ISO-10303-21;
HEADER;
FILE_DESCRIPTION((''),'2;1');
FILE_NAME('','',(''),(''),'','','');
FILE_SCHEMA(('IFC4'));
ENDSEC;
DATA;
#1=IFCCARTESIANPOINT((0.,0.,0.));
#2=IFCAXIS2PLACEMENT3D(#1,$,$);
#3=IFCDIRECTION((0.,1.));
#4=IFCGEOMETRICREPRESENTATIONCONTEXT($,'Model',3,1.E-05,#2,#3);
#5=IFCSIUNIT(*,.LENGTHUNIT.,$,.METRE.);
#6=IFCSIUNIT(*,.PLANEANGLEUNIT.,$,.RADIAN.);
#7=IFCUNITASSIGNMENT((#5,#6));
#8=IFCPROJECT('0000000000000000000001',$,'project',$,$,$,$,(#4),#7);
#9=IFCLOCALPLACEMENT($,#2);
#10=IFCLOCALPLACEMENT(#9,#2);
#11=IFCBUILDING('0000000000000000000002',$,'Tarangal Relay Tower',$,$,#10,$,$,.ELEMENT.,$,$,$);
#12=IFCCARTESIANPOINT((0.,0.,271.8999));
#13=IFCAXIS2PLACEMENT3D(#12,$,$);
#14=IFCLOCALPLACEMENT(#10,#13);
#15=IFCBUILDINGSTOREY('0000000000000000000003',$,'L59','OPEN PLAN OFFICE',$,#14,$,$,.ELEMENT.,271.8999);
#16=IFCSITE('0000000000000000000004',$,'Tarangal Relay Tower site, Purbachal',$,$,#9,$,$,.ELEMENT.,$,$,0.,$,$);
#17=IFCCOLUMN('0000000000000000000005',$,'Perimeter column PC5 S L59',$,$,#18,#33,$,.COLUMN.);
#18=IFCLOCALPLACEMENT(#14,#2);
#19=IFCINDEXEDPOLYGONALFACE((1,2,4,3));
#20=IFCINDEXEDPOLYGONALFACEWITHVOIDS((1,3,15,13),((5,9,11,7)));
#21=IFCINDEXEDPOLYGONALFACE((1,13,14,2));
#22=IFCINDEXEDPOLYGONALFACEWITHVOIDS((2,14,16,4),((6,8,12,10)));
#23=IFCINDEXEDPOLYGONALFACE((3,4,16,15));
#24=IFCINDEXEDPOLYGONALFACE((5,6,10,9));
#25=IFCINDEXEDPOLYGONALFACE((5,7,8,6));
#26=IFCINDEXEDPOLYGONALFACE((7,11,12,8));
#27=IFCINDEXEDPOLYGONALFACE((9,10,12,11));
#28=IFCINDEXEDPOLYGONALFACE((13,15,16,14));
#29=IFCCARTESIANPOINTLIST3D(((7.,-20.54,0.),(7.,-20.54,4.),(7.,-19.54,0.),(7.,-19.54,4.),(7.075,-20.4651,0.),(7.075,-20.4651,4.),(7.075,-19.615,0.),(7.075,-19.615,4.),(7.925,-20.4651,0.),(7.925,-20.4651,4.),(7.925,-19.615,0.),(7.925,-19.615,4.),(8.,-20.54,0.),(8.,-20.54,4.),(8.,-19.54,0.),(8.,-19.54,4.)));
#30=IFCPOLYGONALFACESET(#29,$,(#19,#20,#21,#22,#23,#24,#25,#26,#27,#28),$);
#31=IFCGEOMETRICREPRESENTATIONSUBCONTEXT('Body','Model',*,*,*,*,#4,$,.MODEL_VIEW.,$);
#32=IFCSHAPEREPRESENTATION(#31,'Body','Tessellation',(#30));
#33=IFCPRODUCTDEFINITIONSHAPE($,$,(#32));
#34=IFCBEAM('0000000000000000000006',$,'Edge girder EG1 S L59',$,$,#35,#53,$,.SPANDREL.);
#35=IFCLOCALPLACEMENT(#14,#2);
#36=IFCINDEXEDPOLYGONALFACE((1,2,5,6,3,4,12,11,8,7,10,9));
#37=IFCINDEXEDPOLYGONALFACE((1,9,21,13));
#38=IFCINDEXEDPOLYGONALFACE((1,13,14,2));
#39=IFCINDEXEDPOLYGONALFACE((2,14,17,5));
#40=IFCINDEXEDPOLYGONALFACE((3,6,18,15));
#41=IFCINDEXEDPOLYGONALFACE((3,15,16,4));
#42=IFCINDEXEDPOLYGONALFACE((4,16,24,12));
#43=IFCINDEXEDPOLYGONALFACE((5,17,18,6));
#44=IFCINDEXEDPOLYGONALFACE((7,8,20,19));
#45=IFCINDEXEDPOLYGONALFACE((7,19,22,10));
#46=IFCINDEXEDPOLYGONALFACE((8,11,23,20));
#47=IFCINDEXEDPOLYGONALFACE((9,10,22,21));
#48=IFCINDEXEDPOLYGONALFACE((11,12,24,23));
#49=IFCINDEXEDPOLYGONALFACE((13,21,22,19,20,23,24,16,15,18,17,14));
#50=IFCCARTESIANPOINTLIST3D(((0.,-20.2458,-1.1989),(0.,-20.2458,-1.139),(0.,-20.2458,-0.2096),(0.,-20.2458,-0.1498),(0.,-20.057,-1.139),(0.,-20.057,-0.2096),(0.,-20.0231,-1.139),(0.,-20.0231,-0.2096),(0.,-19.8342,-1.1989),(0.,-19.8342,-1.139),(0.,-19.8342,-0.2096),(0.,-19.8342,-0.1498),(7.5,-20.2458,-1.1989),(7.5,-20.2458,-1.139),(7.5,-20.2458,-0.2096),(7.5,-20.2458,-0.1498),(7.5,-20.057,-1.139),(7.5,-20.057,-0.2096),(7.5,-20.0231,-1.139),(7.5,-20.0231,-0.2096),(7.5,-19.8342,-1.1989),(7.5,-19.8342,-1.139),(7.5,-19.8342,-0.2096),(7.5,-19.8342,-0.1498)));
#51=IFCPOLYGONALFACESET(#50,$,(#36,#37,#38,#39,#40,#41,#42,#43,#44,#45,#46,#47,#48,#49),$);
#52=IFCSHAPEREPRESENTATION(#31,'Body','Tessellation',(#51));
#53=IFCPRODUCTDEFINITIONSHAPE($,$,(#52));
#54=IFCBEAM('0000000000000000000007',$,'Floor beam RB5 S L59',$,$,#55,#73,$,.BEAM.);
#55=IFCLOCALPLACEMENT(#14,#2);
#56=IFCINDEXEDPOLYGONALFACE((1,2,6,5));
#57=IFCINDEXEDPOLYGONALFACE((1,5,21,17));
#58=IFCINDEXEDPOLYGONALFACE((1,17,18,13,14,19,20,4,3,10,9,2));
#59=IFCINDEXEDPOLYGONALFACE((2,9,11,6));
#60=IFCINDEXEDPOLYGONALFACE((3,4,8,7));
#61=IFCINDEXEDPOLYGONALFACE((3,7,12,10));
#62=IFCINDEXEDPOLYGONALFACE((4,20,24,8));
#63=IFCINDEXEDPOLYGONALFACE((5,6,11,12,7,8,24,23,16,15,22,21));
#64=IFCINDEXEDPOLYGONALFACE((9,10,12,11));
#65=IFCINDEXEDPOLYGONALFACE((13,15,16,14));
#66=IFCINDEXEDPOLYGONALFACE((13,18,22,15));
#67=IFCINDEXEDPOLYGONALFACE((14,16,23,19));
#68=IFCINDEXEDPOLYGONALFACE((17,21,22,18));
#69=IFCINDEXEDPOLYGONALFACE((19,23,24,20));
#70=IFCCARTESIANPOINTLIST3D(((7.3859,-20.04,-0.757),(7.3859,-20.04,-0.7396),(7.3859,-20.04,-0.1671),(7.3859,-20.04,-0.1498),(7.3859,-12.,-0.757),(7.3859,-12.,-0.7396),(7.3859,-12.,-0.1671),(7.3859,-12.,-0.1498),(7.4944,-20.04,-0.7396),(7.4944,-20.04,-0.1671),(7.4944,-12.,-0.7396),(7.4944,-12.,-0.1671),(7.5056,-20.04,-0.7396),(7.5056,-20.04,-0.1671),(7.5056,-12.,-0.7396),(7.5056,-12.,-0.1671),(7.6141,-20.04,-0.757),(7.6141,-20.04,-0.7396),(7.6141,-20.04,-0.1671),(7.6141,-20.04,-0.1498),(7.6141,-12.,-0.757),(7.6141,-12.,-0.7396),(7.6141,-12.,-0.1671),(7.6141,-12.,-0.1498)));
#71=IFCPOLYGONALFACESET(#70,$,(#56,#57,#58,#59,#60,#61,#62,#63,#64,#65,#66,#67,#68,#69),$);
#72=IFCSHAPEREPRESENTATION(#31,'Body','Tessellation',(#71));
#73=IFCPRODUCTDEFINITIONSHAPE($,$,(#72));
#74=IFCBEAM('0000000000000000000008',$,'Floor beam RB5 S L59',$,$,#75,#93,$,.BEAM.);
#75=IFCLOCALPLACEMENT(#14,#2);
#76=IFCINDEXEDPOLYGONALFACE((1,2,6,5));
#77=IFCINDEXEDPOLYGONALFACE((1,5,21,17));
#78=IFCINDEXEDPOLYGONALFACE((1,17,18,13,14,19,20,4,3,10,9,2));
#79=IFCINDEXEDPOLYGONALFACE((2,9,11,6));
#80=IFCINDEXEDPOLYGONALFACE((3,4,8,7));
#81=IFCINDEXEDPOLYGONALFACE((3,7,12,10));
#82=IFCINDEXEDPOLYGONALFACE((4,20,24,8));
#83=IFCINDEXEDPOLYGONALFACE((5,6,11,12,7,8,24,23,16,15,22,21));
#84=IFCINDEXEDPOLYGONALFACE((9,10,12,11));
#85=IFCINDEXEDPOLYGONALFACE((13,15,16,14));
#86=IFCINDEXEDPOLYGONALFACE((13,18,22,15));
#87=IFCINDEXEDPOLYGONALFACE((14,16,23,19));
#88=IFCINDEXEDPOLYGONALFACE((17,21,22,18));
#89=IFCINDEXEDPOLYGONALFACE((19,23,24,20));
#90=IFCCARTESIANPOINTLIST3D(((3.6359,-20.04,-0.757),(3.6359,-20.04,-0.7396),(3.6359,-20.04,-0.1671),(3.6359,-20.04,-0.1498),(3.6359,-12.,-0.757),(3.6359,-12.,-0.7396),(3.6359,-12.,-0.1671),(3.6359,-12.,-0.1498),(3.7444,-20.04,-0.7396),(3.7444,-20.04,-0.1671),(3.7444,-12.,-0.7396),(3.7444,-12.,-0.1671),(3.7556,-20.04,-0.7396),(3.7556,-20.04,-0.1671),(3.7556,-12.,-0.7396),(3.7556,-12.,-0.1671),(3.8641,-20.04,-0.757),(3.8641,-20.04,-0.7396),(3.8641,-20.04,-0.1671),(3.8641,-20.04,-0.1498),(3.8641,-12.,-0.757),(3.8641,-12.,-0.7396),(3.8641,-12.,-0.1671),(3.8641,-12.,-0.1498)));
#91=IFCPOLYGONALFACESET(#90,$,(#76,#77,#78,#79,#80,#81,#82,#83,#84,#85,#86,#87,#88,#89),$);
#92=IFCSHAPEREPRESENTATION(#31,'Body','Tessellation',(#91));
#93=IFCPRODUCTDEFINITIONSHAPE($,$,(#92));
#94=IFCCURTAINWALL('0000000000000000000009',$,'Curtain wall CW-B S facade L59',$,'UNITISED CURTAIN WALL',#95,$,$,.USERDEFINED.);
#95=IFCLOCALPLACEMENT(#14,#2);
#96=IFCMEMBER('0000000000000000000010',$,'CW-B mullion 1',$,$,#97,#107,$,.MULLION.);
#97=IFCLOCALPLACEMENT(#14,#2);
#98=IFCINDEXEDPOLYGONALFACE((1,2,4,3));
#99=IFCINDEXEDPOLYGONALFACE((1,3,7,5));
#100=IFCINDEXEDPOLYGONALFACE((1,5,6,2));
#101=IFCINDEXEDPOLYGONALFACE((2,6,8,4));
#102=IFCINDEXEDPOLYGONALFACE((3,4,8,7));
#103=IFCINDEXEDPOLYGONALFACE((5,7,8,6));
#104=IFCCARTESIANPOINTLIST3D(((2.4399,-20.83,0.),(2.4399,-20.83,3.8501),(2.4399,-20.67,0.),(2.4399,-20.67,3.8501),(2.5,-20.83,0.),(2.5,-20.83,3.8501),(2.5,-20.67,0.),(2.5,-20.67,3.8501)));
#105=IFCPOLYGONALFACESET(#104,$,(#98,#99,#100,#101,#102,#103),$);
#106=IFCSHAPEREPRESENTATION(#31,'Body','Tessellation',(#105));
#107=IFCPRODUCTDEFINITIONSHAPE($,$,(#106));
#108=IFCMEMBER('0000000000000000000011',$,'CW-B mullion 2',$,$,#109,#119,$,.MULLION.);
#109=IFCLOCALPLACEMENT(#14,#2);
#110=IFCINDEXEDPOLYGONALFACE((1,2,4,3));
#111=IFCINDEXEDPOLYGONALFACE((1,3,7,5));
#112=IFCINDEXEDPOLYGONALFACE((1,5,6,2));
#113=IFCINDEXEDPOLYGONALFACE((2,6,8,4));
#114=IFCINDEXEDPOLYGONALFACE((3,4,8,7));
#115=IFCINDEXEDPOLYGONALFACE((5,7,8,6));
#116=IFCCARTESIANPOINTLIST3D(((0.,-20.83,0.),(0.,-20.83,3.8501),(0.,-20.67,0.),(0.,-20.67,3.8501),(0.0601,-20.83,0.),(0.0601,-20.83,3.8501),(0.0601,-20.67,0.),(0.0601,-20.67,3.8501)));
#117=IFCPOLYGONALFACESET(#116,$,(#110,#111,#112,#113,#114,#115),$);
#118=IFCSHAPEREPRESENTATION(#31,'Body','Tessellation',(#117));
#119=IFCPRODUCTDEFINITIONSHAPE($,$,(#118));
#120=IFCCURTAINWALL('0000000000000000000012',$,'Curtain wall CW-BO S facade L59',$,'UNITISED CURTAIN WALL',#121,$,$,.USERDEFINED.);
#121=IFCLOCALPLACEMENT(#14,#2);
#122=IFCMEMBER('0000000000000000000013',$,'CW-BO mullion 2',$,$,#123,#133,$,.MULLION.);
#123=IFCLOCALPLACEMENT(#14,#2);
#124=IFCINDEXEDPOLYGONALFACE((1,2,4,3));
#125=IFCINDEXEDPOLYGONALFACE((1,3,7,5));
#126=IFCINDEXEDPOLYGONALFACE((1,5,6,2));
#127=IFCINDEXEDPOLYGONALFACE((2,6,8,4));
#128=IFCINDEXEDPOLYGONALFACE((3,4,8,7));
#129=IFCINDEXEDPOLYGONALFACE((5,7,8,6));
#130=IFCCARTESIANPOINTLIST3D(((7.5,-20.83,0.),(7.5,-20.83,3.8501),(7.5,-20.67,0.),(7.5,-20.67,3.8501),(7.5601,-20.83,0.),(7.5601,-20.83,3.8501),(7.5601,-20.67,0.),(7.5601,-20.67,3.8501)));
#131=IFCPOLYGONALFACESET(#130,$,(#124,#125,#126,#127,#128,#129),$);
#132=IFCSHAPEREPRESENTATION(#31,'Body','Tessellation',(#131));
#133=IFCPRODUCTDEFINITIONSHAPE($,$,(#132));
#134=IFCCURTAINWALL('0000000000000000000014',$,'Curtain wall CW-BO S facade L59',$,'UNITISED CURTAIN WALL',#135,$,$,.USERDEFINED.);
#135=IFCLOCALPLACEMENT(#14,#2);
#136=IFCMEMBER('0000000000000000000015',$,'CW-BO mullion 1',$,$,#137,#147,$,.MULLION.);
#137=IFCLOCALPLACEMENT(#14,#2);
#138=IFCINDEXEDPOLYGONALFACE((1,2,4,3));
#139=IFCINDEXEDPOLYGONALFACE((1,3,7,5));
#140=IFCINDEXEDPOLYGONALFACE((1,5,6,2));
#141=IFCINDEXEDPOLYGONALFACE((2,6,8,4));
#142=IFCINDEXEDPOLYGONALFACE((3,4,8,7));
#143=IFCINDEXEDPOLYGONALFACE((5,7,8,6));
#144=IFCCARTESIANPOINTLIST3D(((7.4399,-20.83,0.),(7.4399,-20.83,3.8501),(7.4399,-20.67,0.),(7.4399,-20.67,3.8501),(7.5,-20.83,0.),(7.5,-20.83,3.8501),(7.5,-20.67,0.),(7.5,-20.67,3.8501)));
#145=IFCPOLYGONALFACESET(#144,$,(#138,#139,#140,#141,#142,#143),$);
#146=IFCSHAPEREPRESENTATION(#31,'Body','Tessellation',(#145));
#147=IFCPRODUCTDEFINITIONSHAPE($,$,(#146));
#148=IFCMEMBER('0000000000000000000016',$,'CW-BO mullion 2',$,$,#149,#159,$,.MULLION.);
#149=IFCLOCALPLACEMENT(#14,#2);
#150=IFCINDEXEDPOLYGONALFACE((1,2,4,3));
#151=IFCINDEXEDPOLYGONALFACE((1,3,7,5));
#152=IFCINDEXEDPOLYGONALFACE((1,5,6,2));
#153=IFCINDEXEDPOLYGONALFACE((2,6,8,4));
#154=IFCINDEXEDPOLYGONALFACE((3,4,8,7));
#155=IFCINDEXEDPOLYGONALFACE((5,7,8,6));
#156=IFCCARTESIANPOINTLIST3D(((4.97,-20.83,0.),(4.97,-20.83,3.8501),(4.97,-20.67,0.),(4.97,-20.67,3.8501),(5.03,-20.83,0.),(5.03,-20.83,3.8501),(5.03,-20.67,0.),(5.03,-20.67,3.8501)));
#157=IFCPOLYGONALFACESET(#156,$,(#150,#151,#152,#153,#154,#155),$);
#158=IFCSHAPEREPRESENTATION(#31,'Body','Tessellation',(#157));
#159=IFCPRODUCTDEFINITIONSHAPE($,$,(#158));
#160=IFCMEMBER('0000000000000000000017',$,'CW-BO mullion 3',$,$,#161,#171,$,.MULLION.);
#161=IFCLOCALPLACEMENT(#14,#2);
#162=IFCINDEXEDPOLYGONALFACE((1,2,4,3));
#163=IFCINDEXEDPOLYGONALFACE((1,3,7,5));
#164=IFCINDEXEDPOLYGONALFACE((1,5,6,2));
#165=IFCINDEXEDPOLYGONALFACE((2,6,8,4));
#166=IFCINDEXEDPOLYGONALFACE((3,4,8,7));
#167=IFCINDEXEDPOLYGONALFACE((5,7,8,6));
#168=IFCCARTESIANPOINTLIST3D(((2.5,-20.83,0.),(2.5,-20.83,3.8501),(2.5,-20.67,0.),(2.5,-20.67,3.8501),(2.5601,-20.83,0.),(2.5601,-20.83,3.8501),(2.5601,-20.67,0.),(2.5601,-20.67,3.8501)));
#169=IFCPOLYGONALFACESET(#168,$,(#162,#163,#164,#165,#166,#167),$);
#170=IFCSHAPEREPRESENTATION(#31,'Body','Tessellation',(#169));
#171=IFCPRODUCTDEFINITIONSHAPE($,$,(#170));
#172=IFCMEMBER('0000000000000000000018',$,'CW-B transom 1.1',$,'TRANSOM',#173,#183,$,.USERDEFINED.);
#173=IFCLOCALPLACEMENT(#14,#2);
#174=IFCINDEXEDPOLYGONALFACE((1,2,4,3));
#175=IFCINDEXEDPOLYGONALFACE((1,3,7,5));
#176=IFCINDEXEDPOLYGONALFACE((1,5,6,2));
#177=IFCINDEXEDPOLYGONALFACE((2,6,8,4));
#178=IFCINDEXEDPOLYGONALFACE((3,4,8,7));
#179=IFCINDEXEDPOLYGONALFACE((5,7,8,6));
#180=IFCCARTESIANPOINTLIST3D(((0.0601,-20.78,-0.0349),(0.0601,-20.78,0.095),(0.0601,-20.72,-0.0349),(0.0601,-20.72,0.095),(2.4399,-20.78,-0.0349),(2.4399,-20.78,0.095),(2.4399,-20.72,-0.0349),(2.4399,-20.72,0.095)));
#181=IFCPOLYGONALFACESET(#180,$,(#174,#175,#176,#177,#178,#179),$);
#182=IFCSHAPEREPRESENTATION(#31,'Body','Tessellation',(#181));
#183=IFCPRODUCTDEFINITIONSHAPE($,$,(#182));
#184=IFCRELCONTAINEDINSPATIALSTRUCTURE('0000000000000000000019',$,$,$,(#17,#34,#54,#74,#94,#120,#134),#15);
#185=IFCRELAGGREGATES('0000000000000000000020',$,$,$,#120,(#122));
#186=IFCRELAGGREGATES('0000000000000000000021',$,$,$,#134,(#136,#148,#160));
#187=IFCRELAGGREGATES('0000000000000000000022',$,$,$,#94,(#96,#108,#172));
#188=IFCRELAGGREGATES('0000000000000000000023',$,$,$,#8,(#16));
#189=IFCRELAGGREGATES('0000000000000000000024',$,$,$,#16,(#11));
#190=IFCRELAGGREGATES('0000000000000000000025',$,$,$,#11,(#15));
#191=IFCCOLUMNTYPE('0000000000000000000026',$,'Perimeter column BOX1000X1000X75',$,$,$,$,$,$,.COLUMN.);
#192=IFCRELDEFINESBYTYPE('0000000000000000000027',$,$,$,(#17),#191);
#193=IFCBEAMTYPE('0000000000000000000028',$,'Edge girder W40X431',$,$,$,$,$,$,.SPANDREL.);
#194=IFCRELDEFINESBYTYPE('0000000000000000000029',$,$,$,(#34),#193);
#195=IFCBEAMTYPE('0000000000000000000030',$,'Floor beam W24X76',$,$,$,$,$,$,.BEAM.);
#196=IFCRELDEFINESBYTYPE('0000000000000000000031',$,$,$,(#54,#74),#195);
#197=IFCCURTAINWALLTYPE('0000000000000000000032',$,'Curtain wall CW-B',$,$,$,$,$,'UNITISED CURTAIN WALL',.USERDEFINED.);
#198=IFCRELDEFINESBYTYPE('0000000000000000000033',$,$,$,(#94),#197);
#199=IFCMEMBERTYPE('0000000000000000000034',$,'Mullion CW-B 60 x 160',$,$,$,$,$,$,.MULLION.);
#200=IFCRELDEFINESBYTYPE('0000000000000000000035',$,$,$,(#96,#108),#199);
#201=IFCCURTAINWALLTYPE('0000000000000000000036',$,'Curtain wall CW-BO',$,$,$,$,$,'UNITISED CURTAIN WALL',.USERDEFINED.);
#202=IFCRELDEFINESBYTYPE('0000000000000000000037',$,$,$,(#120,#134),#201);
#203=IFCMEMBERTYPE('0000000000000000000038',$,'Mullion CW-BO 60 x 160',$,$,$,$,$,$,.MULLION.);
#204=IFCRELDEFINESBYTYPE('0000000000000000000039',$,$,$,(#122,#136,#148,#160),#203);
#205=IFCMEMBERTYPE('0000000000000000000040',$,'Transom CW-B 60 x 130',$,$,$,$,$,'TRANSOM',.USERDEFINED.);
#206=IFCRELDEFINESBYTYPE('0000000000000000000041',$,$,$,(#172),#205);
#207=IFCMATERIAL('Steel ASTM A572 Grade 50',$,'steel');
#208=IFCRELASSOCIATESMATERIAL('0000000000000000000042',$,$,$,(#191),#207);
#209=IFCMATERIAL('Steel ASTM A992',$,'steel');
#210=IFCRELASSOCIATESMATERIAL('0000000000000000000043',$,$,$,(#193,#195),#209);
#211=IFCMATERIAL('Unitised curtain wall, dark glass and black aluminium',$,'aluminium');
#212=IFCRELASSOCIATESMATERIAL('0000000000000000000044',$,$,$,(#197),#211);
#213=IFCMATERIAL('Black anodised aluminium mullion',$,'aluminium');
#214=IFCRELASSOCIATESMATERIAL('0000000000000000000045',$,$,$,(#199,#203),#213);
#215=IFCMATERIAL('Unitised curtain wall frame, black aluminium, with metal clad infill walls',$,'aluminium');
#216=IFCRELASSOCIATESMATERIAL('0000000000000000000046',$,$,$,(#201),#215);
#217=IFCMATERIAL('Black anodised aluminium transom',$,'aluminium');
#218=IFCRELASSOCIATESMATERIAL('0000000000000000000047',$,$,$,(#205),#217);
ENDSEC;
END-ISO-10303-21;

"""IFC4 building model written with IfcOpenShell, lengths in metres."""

from ifc_helpers import new_model, si_unit, direction, frame, origin, origin_2d, place, context, subcontext, project, spatial, rectangle, hollow_rectangle, i_section, extrude, material, material_profile, profile_set, type_object, element, aggregate, save


model = new_model("IFC4")

# Units and contexts
model_context = context("Model", 3, precision=1e-05, world=origin(), true_north=direction((0.0, 1.0)))
body_context = subcontext(model_context, "Body", "Model", "MODEL_VIEW")
ifc_project = project(units=[si_unit("LENGTHUNIT", "METRE"), si_unit("PLANEANGLEUNIT", "RADIAN")], contexts=[model_context])

# Site, building, storey
site_placement = place(None, origin())
site = spatial("IfcSite", under=ifc_project, at=site_placement, Name="Tarangal Relay Tower site, Purbachal", CompositionType="ELEMENT", RefElevation=0.0)
building_placement = place(site_placement, origin())
building = spatial("IfcBuilding", under=site, at=building_placement, Name="Tarangal Relay Tower", CompositionType="ELEMENT")
storey_placement = place(building_placement, frame((0.0, 0.0, 271.8999)))
storey = spatial("IfcBuildingStorey", under=building, at=storey_placement, Name="L59", Description="OPEN PLAN OFFICE", CompositionType="ELEMENT", Elevation=271.8999)

# Column
ifc_material_1 = material(Name="Steel ASTM A572 Grade 50", Category="steel")
ifc_material_profile_1 = material_profile(ifc_material_1, hollow_rectangle(XDim=1.0, YDim=1.0, WallThickness=0.075, at=origin_2d()), Name="BOX1000X1000X75")
ifc_profile_set_1 = profile_set([ifc_material_profile_1], Name="Steel ASTM A572 Grade 50")
column_type = type_object("IfcColumnType", Name="Perimeter column BOX1000X1000X75", PredefinedType="COLUMN", material=ifc_profile_set_1)
column_placement = place(storey_placement, frame((7.5, -20.04, 0.0), z_axis=(0.0, 0.0, 1.0), x_axis=(1.0, 0.0, 0.0)))
element("IfcColumn", 1, at=column_placement, inside=storey, type_object=column_type, Name="Perimeter column PC5 S L59", PredefinedType="COLUMN", context=body_context, shape_type="SweptSolid", body=[
    extrude(hollow_rectangle(XDim=1.0, YDim=1.0, WallThickness=0.075, at=origin_2d()), origin(), (0.0, 0.0, 1.0), 4.0),
])

# Beams
ifc_material_2 = material(Name="Steel ASTM A992", Category="steel")
ifc_material_profile_2 = material_profile(ifc_material_2, i_section(OverallWidth=0.4116, OverallDepth=1.0491, WebThickness=0.0339, FlangeThickness=0.0598, at=origin_2d()), Name="W40X431")
ifc_profile_set_2 = profile_set([ifc_material_profile_2], Name="Steel ASTM A992")
beam_type_1 = type_object("IfcBeamType", Name="Edge girder W40X431", PredefinedType="SPANDREL", material=ifc_profile_set_2)
beam_placement = place(storey_placement, frame((7.5, -20.04, -0.6743), z_axis=(-1.0, 0.0, 0.0), x_axis=(0.0, -1.0, 0.0)))
element("IfcBeam", 2, at=beam_placement, inside=storey, type_object=beam_type_1, Name="Edge girder EG1 S L59", PredefinedType="SPANDREL", context=body_context, shape_type="SweptSolid", body=[
    extrude(i_section(OverallWidth=0.4116, OverallDepth=1.0491, WebThickness=0.0339, FlangeThickness=0.0598, at=origin_2d()), origin(), (0.0, 0.0, 1.0), 7.5),
])
ifc_material_profile_3 = material_profile(ifc_material_2, i_section(OverallWidth=0.2283, OverallDepth=0.6072, WebThickness=0.0112, FlangeThickness=0.0173, at=origin_2d()), Name="W24X76")
ifc_profile_set_3 = profile_set([ifc_material_profile_3], Name="Steel ASTM A992")
beam_type_2 = type_object("IfcBeamType", Name="Floor beam W24X76", PredefinedType="BEAM", material=ifc_profile_set_3)
for number, where, z_axis, x_axis, name in (
    (3, (7.5, -12.0, -0.4534), (0.0, -1.0, 0.0), (1.0, 0.0, 0.0), "Floor beam RB5 S L59"),
    (4, (3.75, -12.0, -0.4534), (0.0, -1.0, 0.0), (1.0, 0.0, 0.0), "Floor beam RB5 S L59"),
):
    element("IfcBeam", number, at=place(storey_placement, frame(where, z_axis=z_axis, x_axis=x_axis)), inside=storey, type_object=beam_type_2, Name=name, PredefinedType="BEAM", context=body_context, shape_type="SweptSolid", body=[
        extrude(i_section(OverallWidth=0.2283, OverallDepth=0.6072, WebThickness=0.0112, FlangeThickness=0.0173, at=origin_2d()), origin(), (0.0, 0.0, 1.0), 8.04),
    ])

# Curtain wall, members
ifc_material_3 = material(Name="Unitised curtain wall, dark glass and black aluminium", Category="aluminium")
curtain_wall_type_1 = type_object("IfcCurtainWallType", Name="Curtain wall CW-B", ElementType="UNITISED CURTAIN WALL", PredefinedType="USERDEFINED", material=ifc_material_3)
curtain_wall_1_placement = place(storey_placement, origin())
curtain_wall_1 = element("IfcCurtainWall", 5, at=curtain_wall_1_placement, inside=storey, type_object=curtain_wall_type_1, Name="Curtain wall CW-B S facade L59", ObjectType="UNITISED CURTAIN WALL", PredefinedType="USERDEFINED")
ifc_material_4 = material(Name="Black anodised aluminium mullion", Category="aluminium")
ifc_material_profile_4 = material_profile(ifc_material_4, rectangle(XDim=0.1599, YDim=0.0601, at=origin_2d()), Name="CW-BM 60X160")
ifc_profile_set_4 = profile_set([ifc_material_profile_4], Name="Black anodised aluminium mullion")
member_type_1 = type_object("IfcMemberType", Name="Mullion CW-B 60 x 160", PredefinedType="MULLION", material=ifc_profile_set_4)
member_1_placement = place(storey_placement, frame((2.47, -20.75, 0.0), z_axis=(0.0, 0.0, 1.0), x_axis=(0.0, -1.0, 0.0)))
member_1 = element("IfcMember", 6, at=member_1_placement, type_object=member_type_1, Name="CW-B mullion 1", PredefinedType="MULLION", context=body_context, shape_type="SweptSolid", body=[
    extrude(rectangle(XDim=0.1599, YDim=0.0601, at=origin_2d()), origin(), (0.0, 0.0, 1.0), 3.8501),
])
member_2_placement = place(storey_placement, frame((0.03, -20.75, 0.0), z_axis=(0.0, 0.0, 1.0), x_axis=(0.0, -1.0, 0.0)))
member_2 = element("IfcMember", 7, at=member_2_placement, type_object=member_type_1, Name="CW-B mullion 2", PredefinedType="MULLION", context=body_context, shape_type="SweptSolid", body=[
    extrude(rectangle(XDim=0.1599, YDim=0.0601, at=origin_2d()), origin(), (0.0, 0.0, 1.0), 3.8501),
])

# Curtain wall, member
ifc_material_5 = material(Name="Unitised curtain wall frame, black aluminium, with metal clad infill walls", Category="aluminium")
curtain_wall_type_2 = type_object("IfcCurtainWallType", Name="Curtain wall CW-BO", ElementType="UNITISED CURTAIN WALL", PredefinedType="USERDEFINED", material=ifc_material_5)
curtain_wall_2_placement = place(storey_placement, origin())
curtain_wall_2 = element("IfcCurtainWall", 8, at=curtain_wall_2_placement, inside=storey, type_object=curtain_wall_type_2, Name="Curtain wall CW-BO S facade L59", ObjectType="UNITISED CURTAIN WALL", PredefinedType="USERDEFINED")
ifc_material_profile_5 = material_profile(ifc_material_4, rectangle(XDim=0.1599, YDim=0.0601, at=origin_2d()), Name="CW-BOM 60X160")
ifc_profile_set_5 = profile_set([ifc_material_profile_5], Name="Black anodised aluminium mullion")
member_type_2 = type_object("IfcMemberType", Name="Mullion CW-BO 60 x 160", PredefinedType="MULLION", material=ifc_profile_set_5)
member_3_placement = place(storey_placement, frame((7.53, -20.75, 0.0), z_axis=(0.0, 0.0, 1.0), x_axis=(0.0, -1.0, 0.0)))
member_3 = element("IfcMember", 9, at=member_3_placement, type_object=member_type_2, Name="CW-BO mullion 2", PredefinedType="MULLION", context=body_context, shape_type="SweptSolid", body=[
    extrude(rectangle(XDim=0.1599, YDim=0.0601, at=origin_2d()), origin(), (0.0, 0.0, 1.0), 3.8501),
])

# Curtain wall, members
curtain_wall_3_placement = place(storey_placement, origin())
curtain_wall_3 = element("IfcCurtainWall", 10, at=curtain_wall_3_placement, inside=storey, type_object=curtain_wall_type_2, Name="Curtain wall CW-BO S facade L59", ObjectType="UNITISED CURTAIN WALL", PredefinedType="USERDEFINED")
member_4_placement = place(storey_placement, frame((7.47, -20.75, 0.0), z_axis=(0.0, 0.0, 1.0), x_axis=(0.0, -1.0, 0.0)))
member_4 = element("IfcMember", 11, at=member_4_placement, type_object=member_type_2, Name="CW-BO mullion 1", PredefinedType="MULLION", context=body_context, shape_type="SweptSolid", body=[
    extrude(rectangle(XDim=0.1599, YDim=0.0601, at=origin_2d()), origin(), (0.0, 0.0, 1.0), 3.8501),
])
member_5_placement = place(storey_placement, frame((5.0, -20.75, 0.0), z_axis=(0.0, 0.0, 1.0), x_axis=(0.0, -1.0, 0.0)))
member_5 = element("IfcMember", 12, at=member_5_placement, type_object=member_type_2, Name="CW-BO mullion 2", PredefinedType="MULLION", context=body_context, shape_type="SweptSolid", body=[
    extrude(rectangle(XDim=0.1599, YDim=0.0601, at=origin_2d()), origin(), (0.0, 0.0, 1.0), 3.8501),
])
member_6_placement = place(storey_placement, frame((2.53, -20.75, 0.0), z_axis=(0.0, 0.0, 1.0), x_axis=(0.0, -1.0, 0.0)))
member_6 = element("IfcMember", 13, at=member_6_placement, type_object=member_type_2, Name="CW-BO mullion 3", PredefinedType="MULLION", context=body_context, shape_type="SweptSolid", body=[
    extrude(rectangle(XDim=0.1599, YDim=0.0601, at=origin_2d()), origin(), (0.0, 0.0, 1.0), 3.8501),
])

# Member
ifc_material_6 = material(Name="Black anodised aluminium transom", Category="aluminium")
ifc_material_profile_6 = material_profile(ifc_material_6, rectangle(XDim=0.0601, YDim=0.1299, at=origin_2d()), Name="CW-BT 60X130")
ifc_profile_set_6 = profile_set([ifc_material_profile_6], Name="Black anodised aluminium transom")
member_type_3 = type_object("IfcMemberType", Name="Transom CW-B 60 x 130", ElementType="TRANSOM", PredefinedType="USERDEFINED", material=ifc_profile_set_6)
member_7_placement = place(storey_placement, frame((2.4399, -20.75, 0.03), z_axis=(-1.0, 0.0, 0.0), x_axis=(0.0, -1.0, 0.0)))
member_7 = element("IfcMember", 14, at=member_7_placement, type_object=member_type_3, Name="CW-B transom 1.1", ObjectType="TRANSOM", PredefinedType="USERDEFINED", context=body_context, shape_type="SweptSolid", body=[
    extrude(rectangle(XDim=0.0601, YDim=0.1299, at=origin_2d()), origin(), (0.0, 0.0, 1.0), 2.3799),
])
aggregate(curtain_wall_2, [member_3])
aggregate(curtain_wall_3, [member_4, member_5, member_6])

aggregate(curtain_wall_1, [member_1, member_2, member_7])

save(model, "model.ifc")
